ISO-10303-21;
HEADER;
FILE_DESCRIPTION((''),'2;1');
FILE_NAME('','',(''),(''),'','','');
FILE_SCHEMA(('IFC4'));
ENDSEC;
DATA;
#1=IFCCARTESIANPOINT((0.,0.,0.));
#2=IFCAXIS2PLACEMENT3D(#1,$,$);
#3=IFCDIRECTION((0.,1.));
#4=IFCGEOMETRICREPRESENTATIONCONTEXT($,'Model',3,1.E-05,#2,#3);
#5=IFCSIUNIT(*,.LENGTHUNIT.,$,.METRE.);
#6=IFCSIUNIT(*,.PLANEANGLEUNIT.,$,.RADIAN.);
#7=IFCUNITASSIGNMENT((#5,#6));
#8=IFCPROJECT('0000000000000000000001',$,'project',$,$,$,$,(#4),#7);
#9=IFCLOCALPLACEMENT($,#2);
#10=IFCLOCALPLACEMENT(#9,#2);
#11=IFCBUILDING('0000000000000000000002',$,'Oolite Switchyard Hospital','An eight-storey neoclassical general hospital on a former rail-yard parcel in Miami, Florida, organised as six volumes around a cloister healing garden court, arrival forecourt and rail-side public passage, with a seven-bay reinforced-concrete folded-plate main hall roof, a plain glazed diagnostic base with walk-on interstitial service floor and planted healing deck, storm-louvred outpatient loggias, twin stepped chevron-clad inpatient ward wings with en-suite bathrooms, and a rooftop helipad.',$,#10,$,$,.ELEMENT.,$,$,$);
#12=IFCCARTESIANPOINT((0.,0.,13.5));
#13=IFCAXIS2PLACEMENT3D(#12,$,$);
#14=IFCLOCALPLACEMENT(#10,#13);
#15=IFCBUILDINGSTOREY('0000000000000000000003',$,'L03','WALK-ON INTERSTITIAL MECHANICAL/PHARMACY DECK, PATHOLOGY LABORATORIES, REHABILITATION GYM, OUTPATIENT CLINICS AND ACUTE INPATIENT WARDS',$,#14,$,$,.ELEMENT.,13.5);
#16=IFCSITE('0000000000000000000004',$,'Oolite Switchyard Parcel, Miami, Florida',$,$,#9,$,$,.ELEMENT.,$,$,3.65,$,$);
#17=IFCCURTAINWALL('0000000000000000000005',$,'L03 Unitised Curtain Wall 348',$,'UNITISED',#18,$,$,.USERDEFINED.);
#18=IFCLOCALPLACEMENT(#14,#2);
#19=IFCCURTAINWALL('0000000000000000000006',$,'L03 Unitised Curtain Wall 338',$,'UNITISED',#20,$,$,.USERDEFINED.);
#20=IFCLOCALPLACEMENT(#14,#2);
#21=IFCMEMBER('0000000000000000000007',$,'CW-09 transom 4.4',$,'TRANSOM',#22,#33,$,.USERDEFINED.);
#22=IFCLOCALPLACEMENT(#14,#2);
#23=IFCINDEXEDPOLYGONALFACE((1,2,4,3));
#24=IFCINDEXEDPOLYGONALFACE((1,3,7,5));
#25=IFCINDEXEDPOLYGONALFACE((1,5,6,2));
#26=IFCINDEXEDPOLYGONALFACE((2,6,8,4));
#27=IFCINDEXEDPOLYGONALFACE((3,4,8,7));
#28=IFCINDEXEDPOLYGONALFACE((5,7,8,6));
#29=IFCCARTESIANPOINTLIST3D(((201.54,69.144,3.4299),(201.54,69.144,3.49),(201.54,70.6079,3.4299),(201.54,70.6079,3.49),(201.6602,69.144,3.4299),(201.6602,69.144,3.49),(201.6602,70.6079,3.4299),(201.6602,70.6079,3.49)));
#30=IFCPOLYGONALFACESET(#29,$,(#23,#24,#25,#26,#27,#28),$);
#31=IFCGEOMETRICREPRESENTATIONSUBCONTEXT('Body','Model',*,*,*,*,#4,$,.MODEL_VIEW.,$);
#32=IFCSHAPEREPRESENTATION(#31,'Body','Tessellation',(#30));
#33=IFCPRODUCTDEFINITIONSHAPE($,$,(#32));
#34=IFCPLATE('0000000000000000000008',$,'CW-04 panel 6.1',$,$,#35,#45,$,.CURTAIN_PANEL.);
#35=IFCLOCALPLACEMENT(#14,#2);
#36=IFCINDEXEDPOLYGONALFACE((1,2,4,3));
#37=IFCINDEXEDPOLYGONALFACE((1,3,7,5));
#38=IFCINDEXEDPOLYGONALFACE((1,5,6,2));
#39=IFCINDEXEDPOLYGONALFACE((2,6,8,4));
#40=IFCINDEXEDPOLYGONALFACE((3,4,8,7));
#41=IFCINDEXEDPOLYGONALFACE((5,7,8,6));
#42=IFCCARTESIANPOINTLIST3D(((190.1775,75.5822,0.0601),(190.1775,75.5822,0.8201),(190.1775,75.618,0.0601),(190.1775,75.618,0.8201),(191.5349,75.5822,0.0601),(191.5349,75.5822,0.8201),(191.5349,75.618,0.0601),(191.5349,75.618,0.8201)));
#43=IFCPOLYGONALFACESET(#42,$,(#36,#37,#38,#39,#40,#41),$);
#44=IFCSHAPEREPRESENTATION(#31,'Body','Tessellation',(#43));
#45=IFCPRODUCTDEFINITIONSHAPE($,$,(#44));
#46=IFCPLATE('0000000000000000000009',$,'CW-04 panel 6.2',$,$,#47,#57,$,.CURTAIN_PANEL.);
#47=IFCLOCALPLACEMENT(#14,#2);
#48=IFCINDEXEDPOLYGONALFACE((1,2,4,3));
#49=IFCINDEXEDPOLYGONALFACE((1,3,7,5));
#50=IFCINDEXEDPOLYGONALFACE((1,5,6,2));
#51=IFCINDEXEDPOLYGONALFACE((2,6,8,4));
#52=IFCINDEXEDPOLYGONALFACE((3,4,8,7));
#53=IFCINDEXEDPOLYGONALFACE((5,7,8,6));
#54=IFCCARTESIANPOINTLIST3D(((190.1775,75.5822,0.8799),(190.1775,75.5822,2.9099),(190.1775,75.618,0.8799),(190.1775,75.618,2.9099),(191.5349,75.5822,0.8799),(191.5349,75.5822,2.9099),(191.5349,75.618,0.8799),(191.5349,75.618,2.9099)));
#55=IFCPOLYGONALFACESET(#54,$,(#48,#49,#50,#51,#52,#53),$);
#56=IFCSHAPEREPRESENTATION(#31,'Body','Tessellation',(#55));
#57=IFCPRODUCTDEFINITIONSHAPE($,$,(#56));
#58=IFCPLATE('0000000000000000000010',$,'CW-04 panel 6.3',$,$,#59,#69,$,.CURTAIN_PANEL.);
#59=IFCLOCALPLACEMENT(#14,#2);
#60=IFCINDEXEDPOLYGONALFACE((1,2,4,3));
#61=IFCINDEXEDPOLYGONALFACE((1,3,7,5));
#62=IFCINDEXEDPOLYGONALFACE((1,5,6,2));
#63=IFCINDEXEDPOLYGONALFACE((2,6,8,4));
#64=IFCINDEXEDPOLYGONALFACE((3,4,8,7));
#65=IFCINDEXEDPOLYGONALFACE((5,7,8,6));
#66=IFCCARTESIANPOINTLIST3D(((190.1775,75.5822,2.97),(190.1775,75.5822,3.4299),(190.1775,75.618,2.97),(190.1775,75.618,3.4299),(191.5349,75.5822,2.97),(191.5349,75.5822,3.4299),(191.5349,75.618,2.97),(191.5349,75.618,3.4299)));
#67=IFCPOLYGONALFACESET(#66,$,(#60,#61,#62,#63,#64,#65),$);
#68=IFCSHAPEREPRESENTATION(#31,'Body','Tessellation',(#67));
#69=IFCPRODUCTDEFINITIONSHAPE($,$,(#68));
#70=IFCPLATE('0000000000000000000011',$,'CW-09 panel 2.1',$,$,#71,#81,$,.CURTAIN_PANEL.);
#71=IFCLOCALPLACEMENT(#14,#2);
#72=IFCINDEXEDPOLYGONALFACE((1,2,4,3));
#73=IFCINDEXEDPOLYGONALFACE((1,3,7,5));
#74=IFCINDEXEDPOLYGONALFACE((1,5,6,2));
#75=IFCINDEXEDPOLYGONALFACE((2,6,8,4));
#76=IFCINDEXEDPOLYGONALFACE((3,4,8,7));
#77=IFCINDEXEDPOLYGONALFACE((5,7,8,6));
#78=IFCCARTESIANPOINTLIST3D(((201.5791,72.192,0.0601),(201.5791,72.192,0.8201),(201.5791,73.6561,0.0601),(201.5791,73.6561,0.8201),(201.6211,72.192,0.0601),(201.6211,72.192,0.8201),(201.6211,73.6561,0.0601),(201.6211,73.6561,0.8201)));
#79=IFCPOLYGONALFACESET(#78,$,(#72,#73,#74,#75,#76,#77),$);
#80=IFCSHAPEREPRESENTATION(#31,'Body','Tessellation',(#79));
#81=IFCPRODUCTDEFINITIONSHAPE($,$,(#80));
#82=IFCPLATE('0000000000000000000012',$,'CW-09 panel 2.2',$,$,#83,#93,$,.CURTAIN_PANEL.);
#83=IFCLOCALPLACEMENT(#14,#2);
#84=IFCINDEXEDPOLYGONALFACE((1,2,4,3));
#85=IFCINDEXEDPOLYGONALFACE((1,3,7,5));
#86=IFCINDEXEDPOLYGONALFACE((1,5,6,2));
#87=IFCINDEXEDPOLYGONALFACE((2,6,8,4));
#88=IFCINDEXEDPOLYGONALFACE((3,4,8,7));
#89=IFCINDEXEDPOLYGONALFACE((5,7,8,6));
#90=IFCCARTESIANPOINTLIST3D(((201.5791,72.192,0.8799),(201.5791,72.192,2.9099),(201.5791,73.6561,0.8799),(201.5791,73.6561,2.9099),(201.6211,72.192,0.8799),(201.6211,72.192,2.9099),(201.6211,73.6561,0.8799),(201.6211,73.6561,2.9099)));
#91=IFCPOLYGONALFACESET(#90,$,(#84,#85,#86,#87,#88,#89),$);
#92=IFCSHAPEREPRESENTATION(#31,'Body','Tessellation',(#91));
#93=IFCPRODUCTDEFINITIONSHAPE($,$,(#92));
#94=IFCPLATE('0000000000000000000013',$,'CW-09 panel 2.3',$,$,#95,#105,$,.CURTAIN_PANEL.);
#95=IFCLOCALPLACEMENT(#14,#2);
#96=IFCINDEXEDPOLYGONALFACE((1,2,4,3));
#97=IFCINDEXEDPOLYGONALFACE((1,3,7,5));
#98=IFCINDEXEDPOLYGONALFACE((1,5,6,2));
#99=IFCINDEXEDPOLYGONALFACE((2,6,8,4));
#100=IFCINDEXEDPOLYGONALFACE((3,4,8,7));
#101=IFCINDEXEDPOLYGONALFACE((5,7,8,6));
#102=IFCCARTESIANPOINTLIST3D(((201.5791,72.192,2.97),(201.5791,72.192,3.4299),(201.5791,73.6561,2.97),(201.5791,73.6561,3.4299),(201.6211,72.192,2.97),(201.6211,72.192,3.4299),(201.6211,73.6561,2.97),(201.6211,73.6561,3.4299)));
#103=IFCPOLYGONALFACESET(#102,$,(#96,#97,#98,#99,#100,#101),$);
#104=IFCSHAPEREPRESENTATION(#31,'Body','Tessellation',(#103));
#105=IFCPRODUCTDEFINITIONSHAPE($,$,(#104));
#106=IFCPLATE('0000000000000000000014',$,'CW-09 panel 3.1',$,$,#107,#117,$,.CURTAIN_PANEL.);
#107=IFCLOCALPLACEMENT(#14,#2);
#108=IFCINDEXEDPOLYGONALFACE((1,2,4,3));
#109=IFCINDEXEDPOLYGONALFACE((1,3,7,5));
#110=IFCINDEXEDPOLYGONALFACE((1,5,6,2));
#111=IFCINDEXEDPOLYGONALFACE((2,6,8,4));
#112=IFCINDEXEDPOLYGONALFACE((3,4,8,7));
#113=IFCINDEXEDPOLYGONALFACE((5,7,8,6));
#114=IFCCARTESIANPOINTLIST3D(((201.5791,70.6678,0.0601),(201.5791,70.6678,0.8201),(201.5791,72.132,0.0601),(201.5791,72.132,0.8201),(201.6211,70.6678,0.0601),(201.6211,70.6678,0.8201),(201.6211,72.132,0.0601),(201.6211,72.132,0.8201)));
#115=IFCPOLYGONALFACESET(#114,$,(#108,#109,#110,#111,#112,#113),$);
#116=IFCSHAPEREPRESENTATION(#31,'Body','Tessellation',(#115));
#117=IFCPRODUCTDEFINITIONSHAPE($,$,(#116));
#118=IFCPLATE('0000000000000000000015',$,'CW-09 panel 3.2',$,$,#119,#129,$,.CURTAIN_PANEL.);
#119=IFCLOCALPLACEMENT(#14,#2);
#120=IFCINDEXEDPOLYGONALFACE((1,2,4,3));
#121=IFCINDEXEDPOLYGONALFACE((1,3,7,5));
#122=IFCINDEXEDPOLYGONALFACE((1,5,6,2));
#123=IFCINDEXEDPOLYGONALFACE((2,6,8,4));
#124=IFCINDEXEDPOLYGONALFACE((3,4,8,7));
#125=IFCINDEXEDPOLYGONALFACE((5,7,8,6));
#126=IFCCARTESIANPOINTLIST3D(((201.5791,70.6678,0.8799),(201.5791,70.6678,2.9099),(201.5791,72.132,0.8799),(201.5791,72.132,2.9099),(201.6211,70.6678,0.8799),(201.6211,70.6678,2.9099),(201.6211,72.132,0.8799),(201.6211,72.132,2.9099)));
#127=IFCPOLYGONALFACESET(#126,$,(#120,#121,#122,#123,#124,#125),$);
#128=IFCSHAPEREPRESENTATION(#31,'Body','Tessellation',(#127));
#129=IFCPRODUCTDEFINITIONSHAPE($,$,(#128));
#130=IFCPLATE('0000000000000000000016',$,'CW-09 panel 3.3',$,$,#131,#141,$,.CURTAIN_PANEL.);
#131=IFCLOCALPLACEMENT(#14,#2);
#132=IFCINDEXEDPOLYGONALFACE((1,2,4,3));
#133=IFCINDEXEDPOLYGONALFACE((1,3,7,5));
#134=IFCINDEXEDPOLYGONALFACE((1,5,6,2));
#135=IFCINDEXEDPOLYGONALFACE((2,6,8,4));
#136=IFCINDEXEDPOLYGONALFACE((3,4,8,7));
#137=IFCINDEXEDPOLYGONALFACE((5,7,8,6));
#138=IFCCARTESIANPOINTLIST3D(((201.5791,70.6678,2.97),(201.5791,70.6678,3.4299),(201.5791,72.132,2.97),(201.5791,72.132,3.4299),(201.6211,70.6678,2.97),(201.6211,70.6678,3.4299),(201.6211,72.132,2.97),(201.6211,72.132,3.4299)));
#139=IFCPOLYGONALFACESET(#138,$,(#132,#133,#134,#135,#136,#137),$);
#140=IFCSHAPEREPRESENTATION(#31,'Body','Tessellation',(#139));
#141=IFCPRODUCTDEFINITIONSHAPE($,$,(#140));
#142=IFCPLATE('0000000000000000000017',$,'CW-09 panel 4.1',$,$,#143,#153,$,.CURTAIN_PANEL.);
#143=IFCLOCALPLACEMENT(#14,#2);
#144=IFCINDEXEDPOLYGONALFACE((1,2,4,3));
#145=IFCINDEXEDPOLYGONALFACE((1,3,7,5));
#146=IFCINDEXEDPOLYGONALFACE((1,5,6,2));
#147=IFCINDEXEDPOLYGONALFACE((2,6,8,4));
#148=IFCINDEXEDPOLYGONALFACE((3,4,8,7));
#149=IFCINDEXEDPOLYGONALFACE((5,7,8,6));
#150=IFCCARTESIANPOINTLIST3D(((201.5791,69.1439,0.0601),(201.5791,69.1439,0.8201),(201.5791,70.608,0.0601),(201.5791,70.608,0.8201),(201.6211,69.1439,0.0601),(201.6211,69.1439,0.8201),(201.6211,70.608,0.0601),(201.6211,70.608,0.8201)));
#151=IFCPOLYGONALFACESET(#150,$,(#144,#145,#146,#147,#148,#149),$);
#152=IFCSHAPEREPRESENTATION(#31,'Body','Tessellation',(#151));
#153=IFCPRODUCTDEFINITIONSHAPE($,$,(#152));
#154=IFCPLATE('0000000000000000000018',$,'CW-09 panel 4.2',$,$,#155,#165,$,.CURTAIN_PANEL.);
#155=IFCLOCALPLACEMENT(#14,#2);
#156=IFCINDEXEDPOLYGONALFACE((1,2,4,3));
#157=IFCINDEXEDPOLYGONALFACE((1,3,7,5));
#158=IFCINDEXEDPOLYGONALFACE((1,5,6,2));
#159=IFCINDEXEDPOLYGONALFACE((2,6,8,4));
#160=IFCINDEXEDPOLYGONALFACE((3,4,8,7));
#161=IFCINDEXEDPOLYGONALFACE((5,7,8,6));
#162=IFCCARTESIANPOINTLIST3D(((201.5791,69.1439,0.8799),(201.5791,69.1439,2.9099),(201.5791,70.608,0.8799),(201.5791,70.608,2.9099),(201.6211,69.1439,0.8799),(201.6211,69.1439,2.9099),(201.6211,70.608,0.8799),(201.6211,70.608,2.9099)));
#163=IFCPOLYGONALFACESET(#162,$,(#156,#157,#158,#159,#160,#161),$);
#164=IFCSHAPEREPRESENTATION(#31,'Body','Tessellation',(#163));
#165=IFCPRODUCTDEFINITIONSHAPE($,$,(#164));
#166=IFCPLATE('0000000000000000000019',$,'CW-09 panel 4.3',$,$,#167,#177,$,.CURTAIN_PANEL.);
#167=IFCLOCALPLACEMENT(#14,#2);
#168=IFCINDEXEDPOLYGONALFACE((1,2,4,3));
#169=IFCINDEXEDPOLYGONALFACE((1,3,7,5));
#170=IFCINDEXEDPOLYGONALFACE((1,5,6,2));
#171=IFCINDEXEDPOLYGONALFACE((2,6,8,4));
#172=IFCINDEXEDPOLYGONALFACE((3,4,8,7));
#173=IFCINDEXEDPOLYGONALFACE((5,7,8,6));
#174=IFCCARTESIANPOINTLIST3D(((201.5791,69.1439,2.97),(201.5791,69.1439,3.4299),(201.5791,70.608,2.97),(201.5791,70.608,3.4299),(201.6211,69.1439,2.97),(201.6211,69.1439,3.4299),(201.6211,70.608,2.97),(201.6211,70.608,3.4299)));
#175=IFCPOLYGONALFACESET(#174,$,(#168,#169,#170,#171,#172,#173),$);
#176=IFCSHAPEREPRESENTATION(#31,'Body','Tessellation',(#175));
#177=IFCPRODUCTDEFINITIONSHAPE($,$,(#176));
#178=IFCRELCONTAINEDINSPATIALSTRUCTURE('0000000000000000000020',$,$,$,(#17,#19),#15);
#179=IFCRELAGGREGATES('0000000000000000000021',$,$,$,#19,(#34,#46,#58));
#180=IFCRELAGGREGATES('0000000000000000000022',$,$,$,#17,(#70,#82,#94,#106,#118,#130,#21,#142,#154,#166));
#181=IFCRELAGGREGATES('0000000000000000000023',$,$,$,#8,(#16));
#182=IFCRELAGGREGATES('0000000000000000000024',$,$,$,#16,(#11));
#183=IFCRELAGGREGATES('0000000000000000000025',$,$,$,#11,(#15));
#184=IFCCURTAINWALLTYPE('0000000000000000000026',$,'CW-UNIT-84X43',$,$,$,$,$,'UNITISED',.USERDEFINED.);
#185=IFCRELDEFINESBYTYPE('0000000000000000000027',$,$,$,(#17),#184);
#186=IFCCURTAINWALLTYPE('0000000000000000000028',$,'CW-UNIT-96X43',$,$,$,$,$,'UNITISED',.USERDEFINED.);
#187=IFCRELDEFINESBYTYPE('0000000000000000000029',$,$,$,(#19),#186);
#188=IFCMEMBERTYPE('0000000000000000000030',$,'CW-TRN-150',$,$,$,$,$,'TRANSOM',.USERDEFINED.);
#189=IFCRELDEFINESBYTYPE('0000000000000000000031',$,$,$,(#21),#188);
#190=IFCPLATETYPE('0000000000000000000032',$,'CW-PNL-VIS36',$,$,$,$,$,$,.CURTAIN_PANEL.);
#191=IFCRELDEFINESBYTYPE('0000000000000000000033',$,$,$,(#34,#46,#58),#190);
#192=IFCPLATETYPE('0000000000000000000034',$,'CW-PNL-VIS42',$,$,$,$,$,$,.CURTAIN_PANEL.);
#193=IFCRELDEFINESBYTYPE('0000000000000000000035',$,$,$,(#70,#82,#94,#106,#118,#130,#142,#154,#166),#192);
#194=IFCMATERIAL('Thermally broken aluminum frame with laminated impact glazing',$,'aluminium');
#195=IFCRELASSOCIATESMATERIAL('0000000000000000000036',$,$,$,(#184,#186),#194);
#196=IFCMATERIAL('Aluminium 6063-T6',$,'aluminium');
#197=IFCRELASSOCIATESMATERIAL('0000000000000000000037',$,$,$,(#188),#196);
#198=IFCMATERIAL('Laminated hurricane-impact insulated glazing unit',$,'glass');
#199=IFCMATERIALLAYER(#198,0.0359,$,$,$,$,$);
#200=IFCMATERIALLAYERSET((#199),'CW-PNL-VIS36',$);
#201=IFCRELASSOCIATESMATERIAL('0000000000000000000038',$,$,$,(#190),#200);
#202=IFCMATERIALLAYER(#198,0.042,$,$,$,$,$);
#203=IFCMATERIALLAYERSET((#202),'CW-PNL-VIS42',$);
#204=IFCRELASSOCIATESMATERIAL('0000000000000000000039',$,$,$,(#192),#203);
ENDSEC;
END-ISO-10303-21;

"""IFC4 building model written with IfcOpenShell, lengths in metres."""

from ifc_helpers import new_model, si_unit, direction, frame, origin, origin_2d, place, context, subcontext, project, spatial, rectangle, extrude, material, layer, layer_set, material_profile, profile_set, type_object, element, aggregate, save


model = new_model("IFC4")

# Units and contexts
model_context = context("Model", 3, precision=1e-05, world=origin(), true_north=direction((0.0, 1.0)))
body_context = subcontext(model_context, "Body", "Model", "MODEL_VIEW")
ifc_project = project(units=[si_unit("LENGTHUNIT", "METRE"), si_unit("PLANEANGLEUNIT", "RADIAN")], contexts=[model_context])

# Site, building, storey
site_placement = place(None, origin())
site = spatial("IfcSite", under=ifc_project, at=site_placement, Name="Oolite Switchyard Parcel, Miami, Florida", CompositionType="ELEMENT", RefElevation=3.65)
building_placement = place(site_placement, origin())
building = spatial("IfcBuilding", under=site, at=building_placement, Name="Oolite Switchyard Hospital", Description="An eight-storey neoclassical general hospital on a former rail-yard parcel in Miami, Florida, organised as six volumes around a cloister healing garden court, arrival forecourt and rail-side public passage, with a seven-bay reinforced-concrete folded-plate main hall roof, a plain glazed diagnostic base with walk-on interstitial service floor and planted healing deck, storm-louvred outpatient loggias, twin stepped chevron-clad inpatient ward wings with en-suite bathrooms, and a rooftop helipad.", CompositionType="ELEMENT")
storey_placement = place(building_placement, frame((0.0, 0.0, 13.5)))
storey = spatial("IfcBuildingStorey", under=building, at=storey_placement, Name="L03", Description="WALK-ON INTERSTITIAL MECHANICAL/PHARMACY DECK, PATHOLOGY LABORATORIES, REHABILITATION GYM, OUTPATIENT CLINICS AND ACUTE INPATIENT WARDS", CompositionType="ELEMENT", Elevation=13.5)

# Curtain walls
ifc_material_1 = material(Name="Thermally broken aluminum frame with laminated impact glazing", Category="aluminium")
curtain_wall_type_1 = type_object("IfcCurtainWallType", Name="CW-UNIT-84X43", ElementType="UNITISED", PredefinedType="USERDEFINED", material=ifc_material_1)
curtain_wall_1_placement = place(storey_placement, origin())
curtain_wall_1 = element("IfcCurtainWall", 1, at=curtain_wall_1_placement, inside=storey, type_object=curtain_wall_type_1, Name="L03 Unitised Curtain Wall 348", ObjectType="UNITISED", PredefinedType="USERDEFINED")
ifc_material_2 = material(Name="Aluminium 6063-T6", Category="aluminium")
curtain_wall_type_2 = type_object("IfcCurtainWallType", Name="CW-UNIT-96X43", ElementType="UNITISED", PredefinedType="USERDEFINED", material=ifc_material_1)
curtain_wall_2_placement = place(storey_placement, origin())
curtain_wall_2 = element("IfcCurtainWall", 2, at=curtain_wall_2_placement, inside=storey, type_object=curtain_wall_type_2, Name="L03 Unitised Curtain Wall 338", ObjectType="UNITISED", PredefinedType="USERDEFINED")
ifc_material_profile_1 = material_profile(ifc_material_2, rectangle(XDim=0.1201, YDim=0.0601, at=origin_2d()), Name="CWT60X120")
ifc_profile_set_1 = profile_set([ifc_material_profile_1], Name="Aluminium 6063-T6")
member_type_1 = type_object("IfcMemberType", Name="CW-TRN-150", ElementType="TRANSOM", PredefinedType="USERDEFINED", material=ifc_profile_set_1)

# Member
member_1_placement = place(storey_placement, frame((201.6001, 70.6079, 3.46), z_axis=(0.0, -1.0, 0.0), x_axis=(1.0, 0.0, 0.0)))
member_1 = element("IfcMember", 3, at=member_1_placement, type_object=member_type_1, Name="CW-09 transom 4.4", ObjectType="TRANSOM", PredefinedType="USERDEFINED", context=body_context, shape_type="SweptSolid", body=[
    extrude(rectangle(XDim=0.1201, YDim=0.0601, at=origin_2d()), origin(), (0.0, 0.0, 1.0), 1.4639),
])

# Plates
ifc_material_3 = material(Name="Laminated hurricane-impact insulated glazing unit", Category="glass")
ifc_layer_1 = layer(ifc_material_3, 0.0359)
ifc_layer_set_1 = layer_set([ifc_layer_1], Name="CW-PNL-VIS36")
plate_type_1 = type_object("IfcPlateType", Name="CW-PNL-VIS36", PredefinedType="CURTAIN_PANEL", material=ifc_layer_set_1)
plate_1_placement = place(storey_placement, frame((190.8562, 75.6001, 0.0601), z_axis=(0.0, 0.0, 1.0), x_axis=(1.0, 0.0, 0.0)))
plate_1 = element("IfcPlate", 4, at=plate_1_placement, type_object=plate_type_1, Name="CW-04 panel 6.1", PredefinedType="CURTAIN_PANEL", context=body_context, shape_type="SweptSolid", body=[
    extrude(rectangle(XDim=1.3574, YDim=0.0359, at=origin_2d()), origin(), (0.0, 0.0, 1.0), 0.76),
])
plate_2_placement = place(storey_placement, frame((190.8562, 75.6001, 0.8799), z_axis=(0.0, 0.0, 1.0), x_axis=(1.0, 0.0, 0.0)))
plate_2 = element("IfcPlate", 5, at=plate_2_placement, type_object=plate_type_1, Name="CW-04 panel 6.2", PredefinedType="CURTAIN_PANEL", context=body_context, shape_type="SweptSolid", body=[
    extrude(rectangle(XDim=1.3574, YDim=0.0359, at=origin_2d()), origin(), (0.0, 0.0, 1.0), 2.03),
])
plate_3_placement = place(storey_placement, frame((190.8562, 75.6001, 2.97), z_axis=(0.0, 0.0, 1.0), x_axis=(1.0, 0.0, 0.0)))
plate_3 = element("IfcPlate", 6, at=plate_3_placement, type_object=plate_type_1, Name="CW-04 panel 6.3", PredefinedType="CURTAIN_PANEL", context=body_context, shape_type="SweptSolid", body=[
    extrude(rectangle(XDim=1.3574, YDim=0.0359, at=origin_2d()), origin(), (0.0, 0.0, 1.0), 0.46),
])
aggregate(curtain_wall_2, [plate_1, plate_2, plate_3])
ifc_layer_2 = layer(ifc_material_3, 0.042)
ifc_layer_set_2 = layer_set([ifc_layer_2], Name="CW-PNL-VIS42")
plate_type_2 = type_object("IfcPlateType", Name="CW-PNL-VIS42", PredefinedType="CURTAIN_PANEL", material=ifc_layer_set_2)
plate_4_placement = place(storey_placement, frame((201.6001, 72.9241, 0.0601), z_axis=(0.0, 0.0, 1.0), x_axis=(0.0, -1.0, 0.0)))
plate_4 = element("IfcPlate", 7, at=plate_4_placement, type_object=plate_type_2, Name="CW-09 panel 2.1", PredefinedType="CURTAIN_PANEL", context=body_context, shape_type="SweptSolid", body=[
    extrude(rectangle(XDim=1.4641, YDim=0.042, at=origin_2d()), origin(), (0.0, 0.0, 1.0), 0.76),
])
plate_5_placement = place(storey_placement, frame((201.6001, 72.9241, 0.8799), z_axis=(0.0, 0.0, 1.0), x_axis=(0.0, -1.0, 0.0)))
plate_5 = element("IfcPlate", 8, at=plate_5_placement, type_object=plate_type_2, Name="CW-09 panel 2.2", PredefinedType="CURTAIN_PANEL", context=body_context, shape_type="SweptSolid", body=[
    extrude(rectangle(XDim=1.4641, YDim=0.042, at=origin_2d()), origin(), (0.0, 0.0, 1.0), 2.03),
])
plate_6_placement = place(storey_placement, frame((201.6001, 72.9241, 2.97), z_axis=(0.0, 0.0, 1.0), x_axis=(0.0, -1.0, 0.0)))
plate_6 = element("IfcPlate", 9, at=plate_6_placement, type_object=plate_type_2, Name="CW-09 panel 2.3", PredefinedType="CURTAIN_PANEL", context=body_context, shape_type="SweptSolid", body=[
    extrude(rectangle(XDim=1.4641, YDim=0.042, at=origin_2d()), origin(), (0.0, 0.0, 1.0), 0.46),
])
plate_7_placement = place(storey_placement, frame((201.6001, 71.3999, 0.0601), z_axis=(0.0, 0.0, 1.0), x_axis=(0.0, -1.0, 0.0)))
plate_7 = element("IfcPlate", 10, at=plate_7_placement, type_object=plate_type_2, Name="CW-09 panel 3.1", PredefinedType="CURTAIN_PANEL", context=body_context, shape_type="SweptSolid", body=[
    extrude(rectangle(XDim=1.4641, YDim=0.042, at=origin_2d()), origin(), (0.0, 0.0, 1.0), 0.76),
])
plate_8_placement = place(storey_placement, frame((201.6001, 71.3999, 0.8799), z_axis=(0.0, 0.0, 1.0), x_axis=(0.0, -1.0, 0.0)))
plate_8 = element("IfcPlate", 11, at=plate_8_placement, type_object=plate_type_2, Name="CW-09 panel 3.2", PredefinedType="CURTAIN_PANEL", context=body_context, shape_type="SweptSolid", body=[
    extrude(rectangle(XDim=1.4641, YDim=0.042, at=origin_2d()), origin(), (0.0, 0.0, 1.0), 2.03),
])
plate_9_placement = place(storey_placement, frame((201.6001, 71.3999, 2.97), z_axis=(0.0, 0.0, 1.0), x_axis=(0.0, -1.0, 0.0)))
plate_9 = element("IfcPlate", 12, at=plate_9_placement, type_object=plate_type_2, Name="CW-09 panel 3.3", PredefinedType="CURTAIN_PANEL", context=body_context, shape_type="SweptSolid", body=[
    extrude(rectangle(XDim=1.4641, YDim=0.042, at=origin_2d()), origin(), (0.0, 0.0, 1.0), 0.46),
])
plate_10_placement = place(storey_placement, frame((201.6001, 69.876, 0.0601), z_axis=(0.0, 0.0, 1.0), x_axis=(0.0, -1.0, 0.0)))
plate_10 = element("IfcPlate", 13, at=plate_10_placement, type_object=plate_type_2, Name="CW-09 panel 4.1", PredefinedType="CURTAIN_PANEL", context=body_context, shape_type="SweptSolid", body=[
    extrude(rectangle(XDim=1.4641, YDim=0.042, at=origin_2d()), origin(), (0.0, 0.0, 1.0), 0.76),
])
plate_11_placement = place(storey_placement, frame((201.6001, 69.876, 0.8799), z_axis=(0.0, 0.0, 1.0), x_axis=(0.0, -1.0, 0.0)))
plate_11 = element("IfcPlate", 14, at=plate_11_placement, type_object=plate_type_2, Name="CW-09 panel 4.2", PredefinedType="CURTAIN_PANEL", context=body_context, shape_type="SweptSolid", body=[
    extrude(rectangle(XDim=1.4641, YDim=0.042, at=origin_2d()), origin(), (0.0, 0.0, 1.0), 2.03),
])
plate_12_placement = place(storey_placement, frame((201.6001, 69.876, 2.97), z_axis=(0.0, 0.0, 1.0), x_axis=(0.0, -1.0, 0.0)))
plate_12 = element("IfcPlate", 15, at=plate_12_placement, type_object=plate_type_2, Name="CW-09 panel 4.3", PredefinedType="CURTAIN_PANEL", context=body_context, shape_type="SweptSolid", body=[
    extrude(rectangle(XDim=1.4641, YDim=0.042, at=origin_2d()), origin(), (0.0, 0.0, 1.0), 0.46),
])
aggregate(curtain_wall_1, [plate_4, plate_5, plate_6, plate_7, plate_8, plate_9, member_1, plate_10, plate_11, plate_12])

save(model, "model.ifc")
